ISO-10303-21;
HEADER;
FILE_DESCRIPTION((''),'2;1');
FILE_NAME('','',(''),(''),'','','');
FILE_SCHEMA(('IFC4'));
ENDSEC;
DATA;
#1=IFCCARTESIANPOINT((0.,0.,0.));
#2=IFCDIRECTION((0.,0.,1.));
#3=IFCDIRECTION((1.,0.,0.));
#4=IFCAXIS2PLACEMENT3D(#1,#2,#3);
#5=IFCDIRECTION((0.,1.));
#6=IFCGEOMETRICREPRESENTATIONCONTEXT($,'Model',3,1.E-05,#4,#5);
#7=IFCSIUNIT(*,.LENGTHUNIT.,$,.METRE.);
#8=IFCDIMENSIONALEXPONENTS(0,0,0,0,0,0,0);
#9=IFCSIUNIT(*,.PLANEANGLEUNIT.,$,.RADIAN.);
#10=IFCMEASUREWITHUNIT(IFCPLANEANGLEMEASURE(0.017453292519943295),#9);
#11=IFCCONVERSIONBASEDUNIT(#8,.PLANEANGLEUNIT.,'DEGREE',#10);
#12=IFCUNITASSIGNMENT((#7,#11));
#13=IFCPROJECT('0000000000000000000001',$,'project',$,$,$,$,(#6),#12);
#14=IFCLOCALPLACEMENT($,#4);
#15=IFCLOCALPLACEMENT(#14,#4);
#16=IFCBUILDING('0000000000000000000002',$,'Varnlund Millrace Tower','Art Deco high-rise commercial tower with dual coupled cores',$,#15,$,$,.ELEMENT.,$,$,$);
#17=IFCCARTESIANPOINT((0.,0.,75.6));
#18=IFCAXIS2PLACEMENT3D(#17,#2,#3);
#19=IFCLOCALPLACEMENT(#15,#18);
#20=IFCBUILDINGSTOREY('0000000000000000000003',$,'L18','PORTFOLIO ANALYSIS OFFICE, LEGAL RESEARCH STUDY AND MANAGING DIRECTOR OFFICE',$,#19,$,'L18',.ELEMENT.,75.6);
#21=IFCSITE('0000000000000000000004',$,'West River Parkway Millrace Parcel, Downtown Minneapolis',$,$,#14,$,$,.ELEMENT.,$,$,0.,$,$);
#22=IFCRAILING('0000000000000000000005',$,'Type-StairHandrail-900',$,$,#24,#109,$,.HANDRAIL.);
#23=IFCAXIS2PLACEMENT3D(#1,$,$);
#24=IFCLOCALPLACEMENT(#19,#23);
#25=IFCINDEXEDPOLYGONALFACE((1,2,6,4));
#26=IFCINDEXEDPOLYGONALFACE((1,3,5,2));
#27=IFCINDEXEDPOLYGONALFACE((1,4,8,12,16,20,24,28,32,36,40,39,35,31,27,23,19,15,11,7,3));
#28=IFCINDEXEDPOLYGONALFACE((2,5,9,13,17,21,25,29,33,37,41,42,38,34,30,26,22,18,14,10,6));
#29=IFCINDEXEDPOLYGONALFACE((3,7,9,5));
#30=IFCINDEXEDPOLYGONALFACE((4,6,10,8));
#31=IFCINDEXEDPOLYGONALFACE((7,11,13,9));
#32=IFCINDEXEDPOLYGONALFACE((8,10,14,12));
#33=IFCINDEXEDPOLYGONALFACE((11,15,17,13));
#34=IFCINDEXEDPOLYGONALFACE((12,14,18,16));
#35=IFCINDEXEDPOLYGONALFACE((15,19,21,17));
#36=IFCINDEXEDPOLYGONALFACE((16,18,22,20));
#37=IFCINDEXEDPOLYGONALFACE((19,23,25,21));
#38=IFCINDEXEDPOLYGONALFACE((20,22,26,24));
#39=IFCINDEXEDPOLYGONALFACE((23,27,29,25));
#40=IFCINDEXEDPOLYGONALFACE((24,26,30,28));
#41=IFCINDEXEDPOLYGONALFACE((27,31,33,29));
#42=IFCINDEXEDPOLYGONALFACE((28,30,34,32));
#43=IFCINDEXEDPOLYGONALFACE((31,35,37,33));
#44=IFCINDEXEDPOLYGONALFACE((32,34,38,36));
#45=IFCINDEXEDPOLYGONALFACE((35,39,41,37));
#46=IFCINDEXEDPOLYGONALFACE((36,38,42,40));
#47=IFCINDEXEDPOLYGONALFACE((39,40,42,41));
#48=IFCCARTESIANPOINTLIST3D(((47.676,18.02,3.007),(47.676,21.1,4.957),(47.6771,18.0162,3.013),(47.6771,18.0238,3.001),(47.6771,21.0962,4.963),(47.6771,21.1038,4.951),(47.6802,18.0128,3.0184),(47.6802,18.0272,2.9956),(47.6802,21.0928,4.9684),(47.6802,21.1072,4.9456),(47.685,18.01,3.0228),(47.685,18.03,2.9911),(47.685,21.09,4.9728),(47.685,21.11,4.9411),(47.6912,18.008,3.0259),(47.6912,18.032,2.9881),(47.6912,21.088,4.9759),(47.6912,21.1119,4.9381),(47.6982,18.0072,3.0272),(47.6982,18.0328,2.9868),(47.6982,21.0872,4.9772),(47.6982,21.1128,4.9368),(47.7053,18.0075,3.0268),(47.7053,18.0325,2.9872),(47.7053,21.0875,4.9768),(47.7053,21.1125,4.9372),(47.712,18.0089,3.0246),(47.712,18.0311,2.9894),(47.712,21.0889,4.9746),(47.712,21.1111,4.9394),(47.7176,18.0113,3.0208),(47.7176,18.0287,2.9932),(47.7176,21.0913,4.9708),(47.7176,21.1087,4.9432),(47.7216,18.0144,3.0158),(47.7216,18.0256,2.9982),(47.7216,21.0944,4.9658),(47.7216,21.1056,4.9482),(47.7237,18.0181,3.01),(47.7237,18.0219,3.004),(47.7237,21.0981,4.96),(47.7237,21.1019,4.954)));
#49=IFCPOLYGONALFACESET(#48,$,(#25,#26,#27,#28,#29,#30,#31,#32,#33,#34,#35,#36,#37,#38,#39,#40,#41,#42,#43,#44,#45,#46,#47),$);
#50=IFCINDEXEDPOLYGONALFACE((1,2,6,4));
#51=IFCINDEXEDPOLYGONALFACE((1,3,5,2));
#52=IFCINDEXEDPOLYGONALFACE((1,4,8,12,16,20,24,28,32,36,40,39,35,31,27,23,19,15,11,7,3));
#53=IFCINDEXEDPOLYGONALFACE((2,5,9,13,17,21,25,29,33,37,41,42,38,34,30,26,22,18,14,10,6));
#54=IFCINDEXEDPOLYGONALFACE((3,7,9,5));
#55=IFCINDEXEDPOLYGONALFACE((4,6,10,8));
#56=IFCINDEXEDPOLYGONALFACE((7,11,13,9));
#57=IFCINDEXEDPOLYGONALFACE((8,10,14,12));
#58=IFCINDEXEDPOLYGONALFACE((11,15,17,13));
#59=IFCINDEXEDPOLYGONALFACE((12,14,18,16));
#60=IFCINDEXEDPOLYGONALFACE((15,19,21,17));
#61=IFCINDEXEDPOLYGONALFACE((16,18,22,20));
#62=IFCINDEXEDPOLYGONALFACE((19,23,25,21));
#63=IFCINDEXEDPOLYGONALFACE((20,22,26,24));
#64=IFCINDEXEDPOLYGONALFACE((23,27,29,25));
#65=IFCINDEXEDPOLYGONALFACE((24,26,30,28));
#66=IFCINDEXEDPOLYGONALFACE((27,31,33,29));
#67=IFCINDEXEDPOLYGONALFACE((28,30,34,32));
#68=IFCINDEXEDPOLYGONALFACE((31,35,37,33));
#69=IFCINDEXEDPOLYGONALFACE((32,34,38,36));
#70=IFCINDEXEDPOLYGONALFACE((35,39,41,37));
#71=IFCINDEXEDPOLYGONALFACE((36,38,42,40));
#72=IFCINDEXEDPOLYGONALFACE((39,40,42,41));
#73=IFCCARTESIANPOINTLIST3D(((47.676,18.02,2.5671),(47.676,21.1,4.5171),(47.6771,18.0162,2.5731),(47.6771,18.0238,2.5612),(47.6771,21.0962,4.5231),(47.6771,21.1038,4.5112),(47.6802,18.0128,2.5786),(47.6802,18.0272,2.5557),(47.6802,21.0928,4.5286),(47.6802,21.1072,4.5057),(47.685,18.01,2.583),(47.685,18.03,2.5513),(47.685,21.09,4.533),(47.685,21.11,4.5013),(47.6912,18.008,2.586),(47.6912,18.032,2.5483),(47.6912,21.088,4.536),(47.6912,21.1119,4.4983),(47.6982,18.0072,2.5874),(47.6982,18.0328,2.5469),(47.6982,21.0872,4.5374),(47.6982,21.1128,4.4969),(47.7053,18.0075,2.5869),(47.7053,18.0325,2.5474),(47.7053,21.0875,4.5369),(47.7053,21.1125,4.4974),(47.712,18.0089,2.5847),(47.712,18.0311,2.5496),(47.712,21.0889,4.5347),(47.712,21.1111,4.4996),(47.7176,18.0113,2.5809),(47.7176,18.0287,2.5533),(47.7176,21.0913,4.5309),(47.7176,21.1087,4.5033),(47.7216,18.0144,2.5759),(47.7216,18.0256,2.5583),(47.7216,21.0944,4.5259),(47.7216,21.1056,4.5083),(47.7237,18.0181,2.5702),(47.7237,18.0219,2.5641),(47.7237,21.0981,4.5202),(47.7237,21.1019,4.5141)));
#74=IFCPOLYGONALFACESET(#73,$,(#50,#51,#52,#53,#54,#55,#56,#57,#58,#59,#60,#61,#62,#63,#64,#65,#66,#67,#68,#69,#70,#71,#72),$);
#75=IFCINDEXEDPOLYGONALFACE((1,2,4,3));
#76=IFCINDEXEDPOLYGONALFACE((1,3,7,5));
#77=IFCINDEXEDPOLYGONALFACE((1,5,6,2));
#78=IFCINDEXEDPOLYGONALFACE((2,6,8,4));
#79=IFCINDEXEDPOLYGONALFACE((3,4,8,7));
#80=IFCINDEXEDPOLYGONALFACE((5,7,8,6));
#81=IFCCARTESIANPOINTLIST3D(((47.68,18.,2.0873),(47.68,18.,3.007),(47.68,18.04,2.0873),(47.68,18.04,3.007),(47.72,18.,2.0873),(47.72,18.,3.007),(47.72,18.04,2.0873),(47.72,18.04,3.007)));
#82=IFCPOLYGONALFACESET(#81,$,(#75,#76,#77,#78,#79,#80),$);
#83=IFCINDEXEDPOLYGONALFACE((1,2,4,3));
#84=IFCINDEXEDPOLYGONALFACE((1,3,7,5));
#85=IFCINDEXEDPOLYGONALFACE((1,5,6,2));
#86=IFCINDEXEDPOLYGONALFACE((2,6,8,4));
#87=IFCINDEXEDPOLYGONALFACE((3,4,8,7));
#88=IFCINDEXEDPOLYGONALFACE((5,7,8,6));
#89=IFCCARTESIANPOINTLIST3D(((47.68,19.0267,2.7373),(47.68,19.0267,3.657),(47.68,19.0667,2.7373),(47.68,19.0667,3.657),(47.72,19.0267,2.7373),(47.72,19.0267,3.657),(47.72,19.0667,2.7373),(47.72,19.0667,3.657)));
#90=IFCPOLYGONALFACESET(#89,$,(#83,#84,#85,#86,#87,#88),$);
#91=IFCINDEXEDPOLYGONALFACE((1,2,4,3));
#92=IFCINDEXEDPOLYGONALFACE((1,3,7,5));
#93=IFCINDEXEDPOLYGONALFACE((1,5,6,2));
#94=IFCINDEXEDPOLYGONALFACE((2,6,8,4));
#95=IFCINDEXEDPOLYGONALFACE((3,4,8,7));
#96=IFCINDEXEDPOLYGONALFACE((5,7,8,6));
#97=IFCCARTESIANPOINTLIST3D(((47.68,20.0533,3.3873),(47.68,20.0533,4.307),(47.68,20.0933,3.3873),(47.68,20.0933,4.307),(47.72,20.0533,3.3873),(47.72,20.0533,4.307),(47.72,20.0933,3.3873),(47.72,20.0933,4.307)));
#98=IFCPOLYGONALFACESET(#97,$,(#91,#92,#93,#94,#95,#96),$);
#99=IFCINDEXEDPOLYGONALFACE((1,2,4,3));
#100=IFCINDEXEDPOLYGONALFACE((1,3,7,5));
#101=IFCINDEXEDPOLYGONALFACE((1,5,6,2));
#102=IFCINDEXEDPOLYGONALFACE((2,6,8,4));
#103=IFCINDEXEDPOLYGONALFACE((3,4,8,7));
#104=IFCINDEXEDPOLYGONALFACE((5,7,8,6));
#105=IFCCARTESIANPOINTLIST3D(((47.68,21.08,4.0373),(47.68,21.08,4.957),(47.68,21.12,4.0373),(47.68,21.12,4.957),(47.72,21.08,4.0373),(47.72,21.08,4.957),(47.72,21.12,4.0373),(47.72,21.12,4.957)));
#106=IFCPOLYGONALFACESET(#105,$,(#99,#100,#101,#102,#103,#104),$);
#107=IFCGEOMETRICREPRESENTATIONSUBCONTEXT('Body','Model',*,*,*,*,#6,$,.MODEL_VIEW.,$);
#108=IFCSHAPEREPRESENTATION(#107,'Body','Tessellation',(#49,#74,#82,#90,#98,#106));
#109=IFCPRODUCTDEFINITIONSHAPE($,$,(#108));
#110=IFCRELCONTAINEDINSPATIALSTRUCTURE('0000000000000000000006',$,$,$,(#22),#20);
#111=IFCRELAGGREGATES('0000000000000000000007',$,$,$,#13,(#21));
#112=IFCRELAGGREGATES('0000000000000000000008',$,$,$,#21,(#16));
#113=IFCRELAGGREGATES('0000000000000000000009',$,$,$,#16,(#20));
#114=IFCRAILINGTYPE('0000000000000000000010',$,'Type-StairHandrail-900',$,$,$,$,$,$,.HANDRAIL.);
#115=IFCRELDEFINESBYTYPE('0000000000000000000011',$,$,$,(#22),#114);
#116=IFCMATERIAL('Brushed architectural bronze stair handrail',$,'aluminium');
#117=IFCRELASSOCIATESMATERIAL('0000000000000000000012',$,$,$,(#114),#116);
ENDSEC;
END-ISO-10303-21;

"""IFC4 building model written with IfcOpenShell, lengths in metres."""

from ifc_helpers import new_model, entity, si_unit, converted_unit, direction, frame, origin_with_axes, origin_2d_with_axis, place, context, subcontext, project, spatial, rectangle, circle, extrude, material, type_object, element, save


model = new_model("IFC4")

# Units and contexts
model_context = context("Model", 3, precision=1e-05, world=origin_with_axes(), true_north=direction((0.0, 1.0)))
body_context = subcontext(model_context, "Body", "Model", "MODEL_VIEW")
ifc_project = project(units=[si_unit("LENGTHUNIT", "METRE"), converted_unit("PLANEANGLEUNIT", "DEGREE", entity("IfcPlaneAngleMeasure", 0.017453292519943295), si_unit("PLANEANGLEUNIT", "RADIAN"), dimensions=[0, 0, 0, 0, 0, 0, 0])], contexts=[model_context])

# Site, building, storey
site_placement = place(None, origin_with_axes())
site = spatial("IfcSite", under=ifc_project, at=site_placement, Name="West River Parkway Millrace Parcel, Downtown Minneapolis", CompositionType="ELEMENT", RefElevation=0.0)
building_placement = place(site_placement, origin_with_axes())
building = spatial("IfcBuilding", under=site, at=building_placement, Name="Varnlund Millrace Tower", Description="Art Deco high-rise commercial tower with dual coupled cores", CompositionType="ELEMENT")
storey_placement = place(building_placement, frame((0.0, 0.0, 75.6), z_axis=(0.0, 0.0, 1.0), x_axis=(1.0, 0.0, 0.0)))
storey = spatial("IfcBuildingStorey", under=building, at=storey_placement, Name="L18", Description="PORTFOLIO ANALYSIS OFFICE, LEGAL RESEARCH STUDY AND MANAGING DIRECTOR OFFICE", LongName="L18", CompositionType="ELEMENT", Elevation=75.6)

# Railing
ifc_material_1 = material(Name="Brushed architectural bronze stair handrail", Category="aluminium")
railing_type_1 = type_object("IfcRailingType", Name="Type-StairHandrail-900", PredefinedType="HANDRAIL", material=ifc_material_1)
railing_1_placement = place(storey_placement, frame((0.0, 0.0, -75.6), z_axis=(0.0, 0.0, 1.0), x_axis=(1.0, 0.0, 0.0)))
element("IfcRailing", 1, at=railing_1_placement, inside=storey, type_object=railing_type_1, Name="Type-StairHandrail-900", PredefinedType="HANDRAIL", context=body_context, shape_type="SweptSolid", body=[
    extrude(circle(Radius=0.024, at=origin_2d_with_axis()), frame((47.7, 18.02, 78.607), z_axis=(0.0, 0.844902, 0.534922), x_axis=(-1.0, 0.0, 0.0)), (0.0, 0.0, 1.0), 3.6454),
    extrude(circle(Radius=0.024, at=origin_2d_with_axis()), frame((47.7, 18.02, 78.1671), z_axis=(0.0, 0.844902, 0.534922), x_axis=(-1.0, 0.0, 0.0)), (0.0, 0.0, 1.0), 3.6454),
    extrude(rectangle(XDim=0.04, YDim=0.04, at=origin_2d_with_axis()), frame((47.7, 18.02, 77.6873), z_axis=(0.0, 0.0, 1.0), x_axis=(1.0, 0.0, 0.0)), (0.0, 0.0, 1.0), 0.9197),
    extrude(rectangle(XDim=0.04, YDim=0.04, at=origin_2d_with_axis()), frame((47.7, 19.0467, 78.3373), z_axis=(0.0, 0.0, 1.0), x_axis=(1.0, 0.0, 0.0)), (0.0, 0.0, 1.0), 0.9197),
    extrude(rectangle(XDim=0.04, YDim=0.04, at=origin_2d_with_axis()), frame((47.7, 20.0733, 78.9873), z_axis=(0.0, 0.0, 1.0), x_axis=(1.0, 0.0, 0.0)), (0.0, 0.0, 1.0), 0.9197),
    extrude(rectangle(XDim=0.04, YDim=0.04, at=origin_2d_with_axis()), frame((47.7, 21.1, 79.6373), z_axis=(0.0, 0.0, 1.0), x_axis=(1.0, 0.0, 0.0)), (0.0, 0.0, 1.0), 0.9197),
])

save(model, "model.ifc")
